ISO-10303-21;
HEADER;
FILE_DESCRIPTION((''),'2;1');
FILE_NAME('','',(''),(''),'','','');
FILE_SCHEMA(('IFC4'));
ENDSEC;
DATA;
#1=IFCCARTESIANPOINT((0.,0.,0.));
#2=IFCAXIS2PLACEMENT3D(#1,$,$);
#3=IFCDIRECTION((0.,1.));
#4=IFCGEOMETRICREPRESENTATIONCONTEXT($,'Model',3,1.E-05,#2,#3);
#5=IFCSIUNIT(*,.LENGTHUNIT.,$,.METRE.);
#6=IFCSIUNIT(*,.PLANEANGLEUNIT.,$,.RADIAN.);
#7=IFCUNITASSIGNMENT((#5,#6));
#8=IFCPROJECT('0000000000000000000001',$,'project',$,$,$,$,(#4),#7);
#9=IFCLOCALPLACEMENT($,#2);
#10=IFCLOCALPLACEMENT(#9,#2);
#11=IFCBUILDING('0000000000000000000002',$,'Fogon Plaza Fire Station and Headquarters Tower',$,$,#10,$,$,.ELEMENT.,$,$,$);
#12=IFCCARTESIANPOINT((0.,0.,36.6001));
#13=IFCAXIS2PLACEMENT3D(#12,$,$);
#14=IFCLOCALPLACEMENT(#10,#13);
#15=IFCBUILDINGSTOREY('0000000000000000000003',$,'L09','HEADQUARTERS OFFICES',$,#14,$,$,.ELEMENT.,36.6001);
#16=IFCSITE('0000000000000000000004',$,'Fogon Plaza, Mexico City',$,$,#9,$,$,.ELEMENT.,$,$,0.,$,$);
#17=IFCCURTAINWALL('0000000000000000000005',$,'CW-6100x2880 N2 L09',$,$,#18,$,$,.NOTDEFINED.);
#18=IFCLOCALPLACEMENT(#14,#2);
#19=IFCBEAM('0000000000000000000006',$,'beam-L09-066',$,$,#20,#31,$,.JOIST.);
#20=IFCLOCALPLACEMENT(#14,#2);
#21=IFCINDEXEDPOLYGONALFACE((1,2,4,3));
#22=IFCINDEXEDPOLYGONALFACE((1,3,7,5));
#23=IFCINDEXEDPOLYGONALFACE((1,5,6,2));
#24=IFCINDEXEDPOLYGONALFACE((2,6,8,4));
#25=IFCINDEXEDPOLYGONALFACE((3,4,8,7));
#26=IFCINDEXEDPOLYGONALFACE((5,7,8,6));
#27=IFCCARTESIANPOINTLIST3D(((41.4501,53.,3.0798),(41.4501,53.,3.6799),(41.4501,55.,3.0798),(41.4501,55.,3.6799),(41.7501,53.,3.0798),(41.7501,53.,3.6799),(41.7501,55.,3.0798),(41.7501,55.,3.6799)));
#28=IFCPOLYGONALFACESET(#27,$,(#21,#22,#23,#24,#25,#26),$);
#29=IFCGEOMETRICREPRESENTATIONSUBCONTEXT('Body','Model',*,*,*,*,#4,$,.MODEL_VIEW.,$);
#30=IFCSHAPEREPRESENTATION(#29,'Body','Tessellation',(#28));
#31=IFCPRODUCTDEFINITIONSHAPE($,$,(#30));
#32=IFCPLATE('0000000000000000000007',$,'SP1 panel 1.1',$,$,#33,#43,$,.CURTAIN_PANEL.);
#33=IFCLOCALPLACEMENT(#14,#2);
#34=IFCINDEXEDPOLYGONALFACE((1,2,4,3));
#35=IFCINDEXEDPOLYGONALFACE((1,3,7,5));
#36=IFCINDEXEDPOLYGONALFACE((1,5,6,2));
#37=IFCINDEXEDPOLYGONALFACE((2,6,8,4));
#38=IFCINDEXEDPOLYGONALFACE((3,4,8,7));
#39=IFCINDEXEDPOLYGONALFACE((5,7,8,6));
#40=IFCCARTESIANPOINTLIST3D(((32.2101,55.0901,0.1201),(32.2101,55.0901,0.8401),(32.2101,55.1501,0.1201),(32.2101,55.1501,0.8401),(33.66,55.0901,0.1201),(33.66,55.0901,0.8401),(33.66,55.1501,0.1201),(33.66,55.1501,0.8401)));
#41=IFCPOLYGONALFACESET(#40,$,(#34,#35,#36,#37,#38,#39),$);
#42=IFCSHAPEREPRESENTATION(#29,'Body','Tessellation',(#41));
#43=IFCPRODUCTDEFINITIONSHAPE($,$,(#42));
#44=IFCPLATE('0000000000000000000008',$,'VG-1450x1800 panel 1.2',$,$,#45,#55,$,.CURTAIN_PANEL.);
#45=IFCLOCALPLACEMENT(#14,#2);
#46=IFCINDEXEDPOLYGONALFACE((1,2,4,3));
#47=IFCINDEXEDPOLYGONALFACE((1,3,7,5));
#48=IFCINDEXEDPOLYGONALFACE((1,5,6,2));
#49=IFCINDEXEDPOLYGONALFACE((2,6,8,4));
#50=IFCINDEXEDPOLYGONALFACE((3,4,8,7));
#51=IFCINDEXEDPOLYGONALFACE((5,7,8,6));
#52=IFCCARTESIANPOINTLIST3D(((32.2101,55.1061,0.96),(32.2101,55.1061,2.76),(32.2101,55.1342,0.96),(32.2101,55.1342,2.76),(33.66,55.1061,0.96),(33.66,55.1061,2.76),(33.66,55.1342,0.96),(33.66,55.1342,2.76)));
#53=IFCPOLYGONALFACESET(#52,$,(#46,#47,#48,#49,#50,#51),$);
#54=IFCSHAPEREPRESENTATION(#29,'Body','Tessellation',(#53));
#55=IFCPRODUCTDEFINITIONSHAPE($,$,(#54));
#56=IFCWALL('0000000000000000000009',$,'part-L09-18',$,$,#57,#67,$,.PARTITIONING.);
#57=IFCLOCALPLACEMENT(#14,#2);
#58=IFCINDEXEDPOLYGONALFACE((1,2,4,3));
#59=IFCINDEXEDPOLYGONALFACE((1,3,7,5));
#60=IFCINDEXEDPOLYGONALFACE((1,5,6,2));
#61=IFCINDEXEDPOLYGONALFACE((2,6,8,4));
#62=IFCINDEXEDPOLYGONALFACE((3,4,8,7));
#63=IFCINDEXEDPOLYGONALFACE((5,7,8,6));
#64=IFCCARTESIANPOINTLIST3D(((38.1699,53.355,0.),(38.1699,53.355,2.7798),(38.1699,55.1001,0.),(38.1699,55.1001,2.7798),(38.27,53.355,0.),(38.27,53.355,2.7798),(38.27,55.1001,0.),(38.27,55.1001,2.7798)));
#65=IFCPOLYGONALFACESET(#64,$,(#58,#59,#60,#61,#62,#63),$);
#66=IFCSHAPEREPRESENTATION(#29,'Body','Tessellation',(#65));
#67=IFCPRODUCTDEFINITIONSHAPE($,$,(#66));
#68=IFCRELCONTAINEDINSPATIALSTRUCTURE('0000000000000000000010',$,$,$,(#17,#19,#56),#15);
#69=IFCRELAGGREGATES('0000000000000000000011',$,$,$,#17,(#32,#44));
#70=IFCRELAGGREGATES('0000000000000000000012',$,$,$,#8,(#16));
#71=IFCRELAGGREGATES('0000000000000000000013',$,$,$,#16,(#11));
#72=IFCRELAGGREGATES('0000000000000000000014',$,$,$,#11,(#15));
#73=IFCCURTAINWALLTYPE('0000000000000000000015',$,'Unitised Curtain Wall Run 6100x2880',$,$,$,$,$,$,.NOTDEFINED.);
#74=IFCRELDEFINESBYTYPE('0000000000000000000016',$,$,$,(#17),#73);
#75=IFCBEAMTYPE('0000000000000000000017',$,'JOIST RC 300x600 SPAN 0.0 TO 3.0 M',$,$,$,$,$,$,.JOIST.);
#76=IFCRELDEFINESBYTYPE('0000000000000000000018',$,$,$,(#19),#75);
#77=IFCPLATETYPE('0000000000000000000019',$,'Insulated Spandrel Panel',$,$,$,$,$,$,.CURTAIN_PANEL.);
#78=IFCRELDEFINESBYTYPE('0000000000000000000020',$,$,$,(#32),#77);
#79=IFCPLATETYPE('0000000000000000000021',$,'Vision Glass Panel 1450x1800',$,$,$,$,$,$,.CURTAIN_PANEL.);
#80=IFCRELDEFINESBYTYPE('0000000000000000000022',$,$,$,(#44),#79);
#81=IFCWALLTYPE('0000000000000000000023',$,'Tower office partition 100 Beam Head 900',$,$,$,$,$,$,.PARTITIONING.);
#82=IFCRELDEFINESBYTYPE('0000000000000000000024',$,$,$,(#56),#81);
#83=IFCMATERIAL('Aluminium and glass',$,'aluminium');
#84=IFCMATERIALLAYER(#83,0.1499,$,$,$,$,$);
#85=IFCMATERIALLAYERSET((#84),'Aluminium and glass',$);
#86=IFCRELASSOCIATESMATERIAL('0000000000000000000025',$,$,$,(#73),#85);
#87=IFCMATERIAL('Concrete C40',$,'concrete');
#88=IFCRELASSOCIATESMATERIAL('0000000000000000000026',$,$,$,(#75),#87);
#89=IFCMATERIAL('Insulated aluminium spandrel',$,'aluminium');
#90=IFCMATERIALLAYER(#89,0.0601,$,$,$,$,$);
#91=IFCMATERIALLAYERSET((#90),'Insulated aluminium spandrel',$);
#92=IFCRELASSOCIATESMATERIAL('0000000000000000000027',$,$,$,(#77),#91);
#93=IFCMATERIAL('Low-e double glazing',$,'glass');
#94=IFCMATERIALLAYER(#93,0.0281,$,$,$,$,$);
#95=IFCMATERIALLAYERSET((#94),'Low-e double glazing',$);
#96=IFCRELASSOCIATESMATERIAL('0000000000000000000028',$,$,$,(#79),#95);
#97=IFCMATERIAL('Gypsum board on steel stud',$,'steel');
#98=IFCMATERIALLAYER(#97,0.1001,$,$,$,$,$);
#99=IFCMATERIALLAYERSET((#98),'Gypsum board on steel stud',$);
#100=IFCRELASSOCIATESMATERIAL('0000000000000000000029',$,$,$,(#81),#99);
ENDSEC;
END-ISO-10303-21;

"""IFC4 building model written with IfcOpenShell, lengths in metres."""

from ifc_helpers import new_model, si_unit, direction, frame, frame_2d, origin, origin_2d, place, context, subcontext, project, spatial, rectangle, extrude, material, layer, layer_set, material_profile, profile_set, type_object, element, aggregate, save


model = new_model("IFC4")

# Units and contexts
model_context = context("Model", 3, precision=1e-05, world=origin(), true_north=direction((0.0, 1.0)))
body_context = subcontext(model_context, "Body", "Model", "MODEL_VIEW")
ifc_project = project(units=[si_unit("LENGTHUNIT", "METRE"), si_unit("PLANEANGLEUNIT", "RADIAN")], contexts=[model_context])

# Site, building, storey
site_placement = place(None, origin())
site = spatial("IfcSite", under=ifc_project, at=site_placement, Name="Fogon Plaza, Mexico City", CompositionType="ELEMENT", RefElevation=0.0)
building_placement = place(site_placement, origin())
building = spatial("IfcBuilding", under=site, at=building_placement, Name="Fogon Plaza Fire Station and Headquarters Tower", CompositionType="ELEMENT")
storey_placement = place(building_placement, frame((0.0, 0.0, 36.6001)))
storey = spatial("IfcBuildingStorey", under=building, at=storey_placement, Name="L09", Description="HEADQUARTERS OFFICES", CompositionType="ELEMENT", Elevation=36.6001)

# Curtain wall
ifc_material_1 = material(Name="Aluminium and glass", Category="aluminium")
ifc_layer_1 = layer(ifc_material_1, 0.1499)
ifc_layer_set_1 = layer_set([ifc_layer_1], Name="Aluminium and glass")
curtain_wall_type = type_object("IfcCurtainWallType", Name="Unitised Curtain Wall Run 6100x2880", PredefinedType="NOTDEFINED", material=ifc_layer_set_1)
curtain_wall_placement = place(storey_placement, origin())
curtain_wall = element("IfcCurtainWall", 1, at=curtain_wall_placement, inside=storey, type_object=curtain_wall_type, Name="CW-6100x2880 N2 L09", PredefinedType="NOTDEFINED")

# Beam
ifc_material_2 = material(Name="Concrete C40", Category="concrete")
ifc_material_profile_1 = material_profile(ifc_material_2, rectangle(XDim=0.3, YDim=0.6001, at=origin_2d()), Name="RC 300x600")
ifc_profile_set_1 = profile_set([ifc_material_profile_1], Name="Concrete C40")
beam_type_1 = type_object("IfcBeamType", Name="JOIST RC 300x600 SPAN 0.0 TO 3.0 M", PredefinedType="JOIST", material=ifc_profile_set_1)
for number, where, z_axis, x_axis, name in (
    (2, (41.6001, 53.0, 3.3799), (0.0, 1.0, 0.0), (-1.0, 0.0, 0.0), "beam-L09-066"),
):
    element("IfcBeam", number, at=place(storey_placement, frame(where, z_axis=z_axis, x_axis=x_axis)), inside=storey, type_object=beam_type_1, Name=name, PredefinedType="JOIST", context=body_context, shape_type="SweptSolid", body=[
        extrude(rectangle(XDim=0.3, YDim=0.6001, at=origin_2d()), origin(), (0.0, 0.0, 1.0), 2.0),
    ])

# Plates
ifc_material_3 = material(Name="Insulated aluminium spandrel", Category="aluminium")
ifc_layer_2 = layer(ifc_material_3, 0.0601)
ifc_layer_set_2 = layer_set([ifc_layer_2], Name="Insulated aluminium spandrel")
plate_type_1 = type_object("IfcPlateType", Name="Insulated Spandrel Panel", PredefinedType="CURTAIN_PANEL", material=ifc_layer_set_2)
plate_1_placement = place(storey_placement, frame((32.9351, 55.1201, 0.1201), z_axis=(0.0, 0.0, 1.0), x_axis=(1.0, 0.0, 0.0)))
plate_1 = element("IfcPlate", 3, at=plate_1_placement, type_object=plate_type_1, Name="SP1 panel 1.1", PredefinedType="CURTAIN_PANEL", context=body_context, shape_type="SweptSolid", body=[
    extrude(rectangle(XDim=1.45, YDim=0.0601, at=origin_2d()), origin(), (0.0, 0.0, 1.0), 0.72),
])
ifc_material_4 = material(Name="Low-e double glazing", Category="glass")
ifc_layer_3 = layer(ifc_material_4, 0.0281)
ifc_layer_set_3 = layer_set([ifc_layer_3], Name="Low-e double glazing")
plate_type_2 = type_object("IfcPlateType", Name="Vision Glass Panel 1450x1800", PredefinedType="CURTAIN_PANEL", material=ifc_layer_set_3)
plate_2_placement = place(storey_placement, frame((32.9351, 55.1201, 0.96), z_axis=(0.0, 0.0, 1.0), x_axis=(1.0, 0.0, 0.0)))
plate_2 = element("IfcPlate", 4, at=plate_2_placement, type_object=plate_type_2, Name="VG-1450x1800 panel 1.2", PredefinedType="CURTAIN_PANEL", context=body_context, shape_type="SweptSolid", body=[
    extrude(rectangle(XDim=1.45, YDim=0.0281, at=origin_2d()), origin(), (0.0, 0.0, 1.0), 1.8),
])
aggregate(curtain_wall, [plate_1, plate_2])

# Wall
ifc_material_5 = material(Name="Gypsum board on steel stud", Category="steel")
ifc_layer_4 = layer(ifc_material_5, 0.1001)
ifc_layer_set_4 = layer_set([ifc_layer_4], Name="Gypsum board on steel stud")
wall_type = type_object("IfcWallType", Name="Tower office partition 100 Beam Head 900", PredefinedType="PARTITIONING", material=ifc_layer_set_4)
wall_placement = place(storey_placement, frame((38.22, 53.355, 0.0), z_axis=(0.0, 0.0, 1.0), x_axis=(0.0, 1.0, 0.0)))
element("IfcWall", 5, at=wall_placement, inside=storey, type_object=wall_type, Name="part-L09-18", PredefinedType="PARTITIONING", context=body_context, shape_type="SweptSolid", body=[
    extrude(rectangle(XDim=1.7451, YDim=0.1001, at=frame_2d((0.8726, 0.0))), origin(), (0.0, 0.0, 1.0), 2.7798),
])

save(model, "model.ifc")
